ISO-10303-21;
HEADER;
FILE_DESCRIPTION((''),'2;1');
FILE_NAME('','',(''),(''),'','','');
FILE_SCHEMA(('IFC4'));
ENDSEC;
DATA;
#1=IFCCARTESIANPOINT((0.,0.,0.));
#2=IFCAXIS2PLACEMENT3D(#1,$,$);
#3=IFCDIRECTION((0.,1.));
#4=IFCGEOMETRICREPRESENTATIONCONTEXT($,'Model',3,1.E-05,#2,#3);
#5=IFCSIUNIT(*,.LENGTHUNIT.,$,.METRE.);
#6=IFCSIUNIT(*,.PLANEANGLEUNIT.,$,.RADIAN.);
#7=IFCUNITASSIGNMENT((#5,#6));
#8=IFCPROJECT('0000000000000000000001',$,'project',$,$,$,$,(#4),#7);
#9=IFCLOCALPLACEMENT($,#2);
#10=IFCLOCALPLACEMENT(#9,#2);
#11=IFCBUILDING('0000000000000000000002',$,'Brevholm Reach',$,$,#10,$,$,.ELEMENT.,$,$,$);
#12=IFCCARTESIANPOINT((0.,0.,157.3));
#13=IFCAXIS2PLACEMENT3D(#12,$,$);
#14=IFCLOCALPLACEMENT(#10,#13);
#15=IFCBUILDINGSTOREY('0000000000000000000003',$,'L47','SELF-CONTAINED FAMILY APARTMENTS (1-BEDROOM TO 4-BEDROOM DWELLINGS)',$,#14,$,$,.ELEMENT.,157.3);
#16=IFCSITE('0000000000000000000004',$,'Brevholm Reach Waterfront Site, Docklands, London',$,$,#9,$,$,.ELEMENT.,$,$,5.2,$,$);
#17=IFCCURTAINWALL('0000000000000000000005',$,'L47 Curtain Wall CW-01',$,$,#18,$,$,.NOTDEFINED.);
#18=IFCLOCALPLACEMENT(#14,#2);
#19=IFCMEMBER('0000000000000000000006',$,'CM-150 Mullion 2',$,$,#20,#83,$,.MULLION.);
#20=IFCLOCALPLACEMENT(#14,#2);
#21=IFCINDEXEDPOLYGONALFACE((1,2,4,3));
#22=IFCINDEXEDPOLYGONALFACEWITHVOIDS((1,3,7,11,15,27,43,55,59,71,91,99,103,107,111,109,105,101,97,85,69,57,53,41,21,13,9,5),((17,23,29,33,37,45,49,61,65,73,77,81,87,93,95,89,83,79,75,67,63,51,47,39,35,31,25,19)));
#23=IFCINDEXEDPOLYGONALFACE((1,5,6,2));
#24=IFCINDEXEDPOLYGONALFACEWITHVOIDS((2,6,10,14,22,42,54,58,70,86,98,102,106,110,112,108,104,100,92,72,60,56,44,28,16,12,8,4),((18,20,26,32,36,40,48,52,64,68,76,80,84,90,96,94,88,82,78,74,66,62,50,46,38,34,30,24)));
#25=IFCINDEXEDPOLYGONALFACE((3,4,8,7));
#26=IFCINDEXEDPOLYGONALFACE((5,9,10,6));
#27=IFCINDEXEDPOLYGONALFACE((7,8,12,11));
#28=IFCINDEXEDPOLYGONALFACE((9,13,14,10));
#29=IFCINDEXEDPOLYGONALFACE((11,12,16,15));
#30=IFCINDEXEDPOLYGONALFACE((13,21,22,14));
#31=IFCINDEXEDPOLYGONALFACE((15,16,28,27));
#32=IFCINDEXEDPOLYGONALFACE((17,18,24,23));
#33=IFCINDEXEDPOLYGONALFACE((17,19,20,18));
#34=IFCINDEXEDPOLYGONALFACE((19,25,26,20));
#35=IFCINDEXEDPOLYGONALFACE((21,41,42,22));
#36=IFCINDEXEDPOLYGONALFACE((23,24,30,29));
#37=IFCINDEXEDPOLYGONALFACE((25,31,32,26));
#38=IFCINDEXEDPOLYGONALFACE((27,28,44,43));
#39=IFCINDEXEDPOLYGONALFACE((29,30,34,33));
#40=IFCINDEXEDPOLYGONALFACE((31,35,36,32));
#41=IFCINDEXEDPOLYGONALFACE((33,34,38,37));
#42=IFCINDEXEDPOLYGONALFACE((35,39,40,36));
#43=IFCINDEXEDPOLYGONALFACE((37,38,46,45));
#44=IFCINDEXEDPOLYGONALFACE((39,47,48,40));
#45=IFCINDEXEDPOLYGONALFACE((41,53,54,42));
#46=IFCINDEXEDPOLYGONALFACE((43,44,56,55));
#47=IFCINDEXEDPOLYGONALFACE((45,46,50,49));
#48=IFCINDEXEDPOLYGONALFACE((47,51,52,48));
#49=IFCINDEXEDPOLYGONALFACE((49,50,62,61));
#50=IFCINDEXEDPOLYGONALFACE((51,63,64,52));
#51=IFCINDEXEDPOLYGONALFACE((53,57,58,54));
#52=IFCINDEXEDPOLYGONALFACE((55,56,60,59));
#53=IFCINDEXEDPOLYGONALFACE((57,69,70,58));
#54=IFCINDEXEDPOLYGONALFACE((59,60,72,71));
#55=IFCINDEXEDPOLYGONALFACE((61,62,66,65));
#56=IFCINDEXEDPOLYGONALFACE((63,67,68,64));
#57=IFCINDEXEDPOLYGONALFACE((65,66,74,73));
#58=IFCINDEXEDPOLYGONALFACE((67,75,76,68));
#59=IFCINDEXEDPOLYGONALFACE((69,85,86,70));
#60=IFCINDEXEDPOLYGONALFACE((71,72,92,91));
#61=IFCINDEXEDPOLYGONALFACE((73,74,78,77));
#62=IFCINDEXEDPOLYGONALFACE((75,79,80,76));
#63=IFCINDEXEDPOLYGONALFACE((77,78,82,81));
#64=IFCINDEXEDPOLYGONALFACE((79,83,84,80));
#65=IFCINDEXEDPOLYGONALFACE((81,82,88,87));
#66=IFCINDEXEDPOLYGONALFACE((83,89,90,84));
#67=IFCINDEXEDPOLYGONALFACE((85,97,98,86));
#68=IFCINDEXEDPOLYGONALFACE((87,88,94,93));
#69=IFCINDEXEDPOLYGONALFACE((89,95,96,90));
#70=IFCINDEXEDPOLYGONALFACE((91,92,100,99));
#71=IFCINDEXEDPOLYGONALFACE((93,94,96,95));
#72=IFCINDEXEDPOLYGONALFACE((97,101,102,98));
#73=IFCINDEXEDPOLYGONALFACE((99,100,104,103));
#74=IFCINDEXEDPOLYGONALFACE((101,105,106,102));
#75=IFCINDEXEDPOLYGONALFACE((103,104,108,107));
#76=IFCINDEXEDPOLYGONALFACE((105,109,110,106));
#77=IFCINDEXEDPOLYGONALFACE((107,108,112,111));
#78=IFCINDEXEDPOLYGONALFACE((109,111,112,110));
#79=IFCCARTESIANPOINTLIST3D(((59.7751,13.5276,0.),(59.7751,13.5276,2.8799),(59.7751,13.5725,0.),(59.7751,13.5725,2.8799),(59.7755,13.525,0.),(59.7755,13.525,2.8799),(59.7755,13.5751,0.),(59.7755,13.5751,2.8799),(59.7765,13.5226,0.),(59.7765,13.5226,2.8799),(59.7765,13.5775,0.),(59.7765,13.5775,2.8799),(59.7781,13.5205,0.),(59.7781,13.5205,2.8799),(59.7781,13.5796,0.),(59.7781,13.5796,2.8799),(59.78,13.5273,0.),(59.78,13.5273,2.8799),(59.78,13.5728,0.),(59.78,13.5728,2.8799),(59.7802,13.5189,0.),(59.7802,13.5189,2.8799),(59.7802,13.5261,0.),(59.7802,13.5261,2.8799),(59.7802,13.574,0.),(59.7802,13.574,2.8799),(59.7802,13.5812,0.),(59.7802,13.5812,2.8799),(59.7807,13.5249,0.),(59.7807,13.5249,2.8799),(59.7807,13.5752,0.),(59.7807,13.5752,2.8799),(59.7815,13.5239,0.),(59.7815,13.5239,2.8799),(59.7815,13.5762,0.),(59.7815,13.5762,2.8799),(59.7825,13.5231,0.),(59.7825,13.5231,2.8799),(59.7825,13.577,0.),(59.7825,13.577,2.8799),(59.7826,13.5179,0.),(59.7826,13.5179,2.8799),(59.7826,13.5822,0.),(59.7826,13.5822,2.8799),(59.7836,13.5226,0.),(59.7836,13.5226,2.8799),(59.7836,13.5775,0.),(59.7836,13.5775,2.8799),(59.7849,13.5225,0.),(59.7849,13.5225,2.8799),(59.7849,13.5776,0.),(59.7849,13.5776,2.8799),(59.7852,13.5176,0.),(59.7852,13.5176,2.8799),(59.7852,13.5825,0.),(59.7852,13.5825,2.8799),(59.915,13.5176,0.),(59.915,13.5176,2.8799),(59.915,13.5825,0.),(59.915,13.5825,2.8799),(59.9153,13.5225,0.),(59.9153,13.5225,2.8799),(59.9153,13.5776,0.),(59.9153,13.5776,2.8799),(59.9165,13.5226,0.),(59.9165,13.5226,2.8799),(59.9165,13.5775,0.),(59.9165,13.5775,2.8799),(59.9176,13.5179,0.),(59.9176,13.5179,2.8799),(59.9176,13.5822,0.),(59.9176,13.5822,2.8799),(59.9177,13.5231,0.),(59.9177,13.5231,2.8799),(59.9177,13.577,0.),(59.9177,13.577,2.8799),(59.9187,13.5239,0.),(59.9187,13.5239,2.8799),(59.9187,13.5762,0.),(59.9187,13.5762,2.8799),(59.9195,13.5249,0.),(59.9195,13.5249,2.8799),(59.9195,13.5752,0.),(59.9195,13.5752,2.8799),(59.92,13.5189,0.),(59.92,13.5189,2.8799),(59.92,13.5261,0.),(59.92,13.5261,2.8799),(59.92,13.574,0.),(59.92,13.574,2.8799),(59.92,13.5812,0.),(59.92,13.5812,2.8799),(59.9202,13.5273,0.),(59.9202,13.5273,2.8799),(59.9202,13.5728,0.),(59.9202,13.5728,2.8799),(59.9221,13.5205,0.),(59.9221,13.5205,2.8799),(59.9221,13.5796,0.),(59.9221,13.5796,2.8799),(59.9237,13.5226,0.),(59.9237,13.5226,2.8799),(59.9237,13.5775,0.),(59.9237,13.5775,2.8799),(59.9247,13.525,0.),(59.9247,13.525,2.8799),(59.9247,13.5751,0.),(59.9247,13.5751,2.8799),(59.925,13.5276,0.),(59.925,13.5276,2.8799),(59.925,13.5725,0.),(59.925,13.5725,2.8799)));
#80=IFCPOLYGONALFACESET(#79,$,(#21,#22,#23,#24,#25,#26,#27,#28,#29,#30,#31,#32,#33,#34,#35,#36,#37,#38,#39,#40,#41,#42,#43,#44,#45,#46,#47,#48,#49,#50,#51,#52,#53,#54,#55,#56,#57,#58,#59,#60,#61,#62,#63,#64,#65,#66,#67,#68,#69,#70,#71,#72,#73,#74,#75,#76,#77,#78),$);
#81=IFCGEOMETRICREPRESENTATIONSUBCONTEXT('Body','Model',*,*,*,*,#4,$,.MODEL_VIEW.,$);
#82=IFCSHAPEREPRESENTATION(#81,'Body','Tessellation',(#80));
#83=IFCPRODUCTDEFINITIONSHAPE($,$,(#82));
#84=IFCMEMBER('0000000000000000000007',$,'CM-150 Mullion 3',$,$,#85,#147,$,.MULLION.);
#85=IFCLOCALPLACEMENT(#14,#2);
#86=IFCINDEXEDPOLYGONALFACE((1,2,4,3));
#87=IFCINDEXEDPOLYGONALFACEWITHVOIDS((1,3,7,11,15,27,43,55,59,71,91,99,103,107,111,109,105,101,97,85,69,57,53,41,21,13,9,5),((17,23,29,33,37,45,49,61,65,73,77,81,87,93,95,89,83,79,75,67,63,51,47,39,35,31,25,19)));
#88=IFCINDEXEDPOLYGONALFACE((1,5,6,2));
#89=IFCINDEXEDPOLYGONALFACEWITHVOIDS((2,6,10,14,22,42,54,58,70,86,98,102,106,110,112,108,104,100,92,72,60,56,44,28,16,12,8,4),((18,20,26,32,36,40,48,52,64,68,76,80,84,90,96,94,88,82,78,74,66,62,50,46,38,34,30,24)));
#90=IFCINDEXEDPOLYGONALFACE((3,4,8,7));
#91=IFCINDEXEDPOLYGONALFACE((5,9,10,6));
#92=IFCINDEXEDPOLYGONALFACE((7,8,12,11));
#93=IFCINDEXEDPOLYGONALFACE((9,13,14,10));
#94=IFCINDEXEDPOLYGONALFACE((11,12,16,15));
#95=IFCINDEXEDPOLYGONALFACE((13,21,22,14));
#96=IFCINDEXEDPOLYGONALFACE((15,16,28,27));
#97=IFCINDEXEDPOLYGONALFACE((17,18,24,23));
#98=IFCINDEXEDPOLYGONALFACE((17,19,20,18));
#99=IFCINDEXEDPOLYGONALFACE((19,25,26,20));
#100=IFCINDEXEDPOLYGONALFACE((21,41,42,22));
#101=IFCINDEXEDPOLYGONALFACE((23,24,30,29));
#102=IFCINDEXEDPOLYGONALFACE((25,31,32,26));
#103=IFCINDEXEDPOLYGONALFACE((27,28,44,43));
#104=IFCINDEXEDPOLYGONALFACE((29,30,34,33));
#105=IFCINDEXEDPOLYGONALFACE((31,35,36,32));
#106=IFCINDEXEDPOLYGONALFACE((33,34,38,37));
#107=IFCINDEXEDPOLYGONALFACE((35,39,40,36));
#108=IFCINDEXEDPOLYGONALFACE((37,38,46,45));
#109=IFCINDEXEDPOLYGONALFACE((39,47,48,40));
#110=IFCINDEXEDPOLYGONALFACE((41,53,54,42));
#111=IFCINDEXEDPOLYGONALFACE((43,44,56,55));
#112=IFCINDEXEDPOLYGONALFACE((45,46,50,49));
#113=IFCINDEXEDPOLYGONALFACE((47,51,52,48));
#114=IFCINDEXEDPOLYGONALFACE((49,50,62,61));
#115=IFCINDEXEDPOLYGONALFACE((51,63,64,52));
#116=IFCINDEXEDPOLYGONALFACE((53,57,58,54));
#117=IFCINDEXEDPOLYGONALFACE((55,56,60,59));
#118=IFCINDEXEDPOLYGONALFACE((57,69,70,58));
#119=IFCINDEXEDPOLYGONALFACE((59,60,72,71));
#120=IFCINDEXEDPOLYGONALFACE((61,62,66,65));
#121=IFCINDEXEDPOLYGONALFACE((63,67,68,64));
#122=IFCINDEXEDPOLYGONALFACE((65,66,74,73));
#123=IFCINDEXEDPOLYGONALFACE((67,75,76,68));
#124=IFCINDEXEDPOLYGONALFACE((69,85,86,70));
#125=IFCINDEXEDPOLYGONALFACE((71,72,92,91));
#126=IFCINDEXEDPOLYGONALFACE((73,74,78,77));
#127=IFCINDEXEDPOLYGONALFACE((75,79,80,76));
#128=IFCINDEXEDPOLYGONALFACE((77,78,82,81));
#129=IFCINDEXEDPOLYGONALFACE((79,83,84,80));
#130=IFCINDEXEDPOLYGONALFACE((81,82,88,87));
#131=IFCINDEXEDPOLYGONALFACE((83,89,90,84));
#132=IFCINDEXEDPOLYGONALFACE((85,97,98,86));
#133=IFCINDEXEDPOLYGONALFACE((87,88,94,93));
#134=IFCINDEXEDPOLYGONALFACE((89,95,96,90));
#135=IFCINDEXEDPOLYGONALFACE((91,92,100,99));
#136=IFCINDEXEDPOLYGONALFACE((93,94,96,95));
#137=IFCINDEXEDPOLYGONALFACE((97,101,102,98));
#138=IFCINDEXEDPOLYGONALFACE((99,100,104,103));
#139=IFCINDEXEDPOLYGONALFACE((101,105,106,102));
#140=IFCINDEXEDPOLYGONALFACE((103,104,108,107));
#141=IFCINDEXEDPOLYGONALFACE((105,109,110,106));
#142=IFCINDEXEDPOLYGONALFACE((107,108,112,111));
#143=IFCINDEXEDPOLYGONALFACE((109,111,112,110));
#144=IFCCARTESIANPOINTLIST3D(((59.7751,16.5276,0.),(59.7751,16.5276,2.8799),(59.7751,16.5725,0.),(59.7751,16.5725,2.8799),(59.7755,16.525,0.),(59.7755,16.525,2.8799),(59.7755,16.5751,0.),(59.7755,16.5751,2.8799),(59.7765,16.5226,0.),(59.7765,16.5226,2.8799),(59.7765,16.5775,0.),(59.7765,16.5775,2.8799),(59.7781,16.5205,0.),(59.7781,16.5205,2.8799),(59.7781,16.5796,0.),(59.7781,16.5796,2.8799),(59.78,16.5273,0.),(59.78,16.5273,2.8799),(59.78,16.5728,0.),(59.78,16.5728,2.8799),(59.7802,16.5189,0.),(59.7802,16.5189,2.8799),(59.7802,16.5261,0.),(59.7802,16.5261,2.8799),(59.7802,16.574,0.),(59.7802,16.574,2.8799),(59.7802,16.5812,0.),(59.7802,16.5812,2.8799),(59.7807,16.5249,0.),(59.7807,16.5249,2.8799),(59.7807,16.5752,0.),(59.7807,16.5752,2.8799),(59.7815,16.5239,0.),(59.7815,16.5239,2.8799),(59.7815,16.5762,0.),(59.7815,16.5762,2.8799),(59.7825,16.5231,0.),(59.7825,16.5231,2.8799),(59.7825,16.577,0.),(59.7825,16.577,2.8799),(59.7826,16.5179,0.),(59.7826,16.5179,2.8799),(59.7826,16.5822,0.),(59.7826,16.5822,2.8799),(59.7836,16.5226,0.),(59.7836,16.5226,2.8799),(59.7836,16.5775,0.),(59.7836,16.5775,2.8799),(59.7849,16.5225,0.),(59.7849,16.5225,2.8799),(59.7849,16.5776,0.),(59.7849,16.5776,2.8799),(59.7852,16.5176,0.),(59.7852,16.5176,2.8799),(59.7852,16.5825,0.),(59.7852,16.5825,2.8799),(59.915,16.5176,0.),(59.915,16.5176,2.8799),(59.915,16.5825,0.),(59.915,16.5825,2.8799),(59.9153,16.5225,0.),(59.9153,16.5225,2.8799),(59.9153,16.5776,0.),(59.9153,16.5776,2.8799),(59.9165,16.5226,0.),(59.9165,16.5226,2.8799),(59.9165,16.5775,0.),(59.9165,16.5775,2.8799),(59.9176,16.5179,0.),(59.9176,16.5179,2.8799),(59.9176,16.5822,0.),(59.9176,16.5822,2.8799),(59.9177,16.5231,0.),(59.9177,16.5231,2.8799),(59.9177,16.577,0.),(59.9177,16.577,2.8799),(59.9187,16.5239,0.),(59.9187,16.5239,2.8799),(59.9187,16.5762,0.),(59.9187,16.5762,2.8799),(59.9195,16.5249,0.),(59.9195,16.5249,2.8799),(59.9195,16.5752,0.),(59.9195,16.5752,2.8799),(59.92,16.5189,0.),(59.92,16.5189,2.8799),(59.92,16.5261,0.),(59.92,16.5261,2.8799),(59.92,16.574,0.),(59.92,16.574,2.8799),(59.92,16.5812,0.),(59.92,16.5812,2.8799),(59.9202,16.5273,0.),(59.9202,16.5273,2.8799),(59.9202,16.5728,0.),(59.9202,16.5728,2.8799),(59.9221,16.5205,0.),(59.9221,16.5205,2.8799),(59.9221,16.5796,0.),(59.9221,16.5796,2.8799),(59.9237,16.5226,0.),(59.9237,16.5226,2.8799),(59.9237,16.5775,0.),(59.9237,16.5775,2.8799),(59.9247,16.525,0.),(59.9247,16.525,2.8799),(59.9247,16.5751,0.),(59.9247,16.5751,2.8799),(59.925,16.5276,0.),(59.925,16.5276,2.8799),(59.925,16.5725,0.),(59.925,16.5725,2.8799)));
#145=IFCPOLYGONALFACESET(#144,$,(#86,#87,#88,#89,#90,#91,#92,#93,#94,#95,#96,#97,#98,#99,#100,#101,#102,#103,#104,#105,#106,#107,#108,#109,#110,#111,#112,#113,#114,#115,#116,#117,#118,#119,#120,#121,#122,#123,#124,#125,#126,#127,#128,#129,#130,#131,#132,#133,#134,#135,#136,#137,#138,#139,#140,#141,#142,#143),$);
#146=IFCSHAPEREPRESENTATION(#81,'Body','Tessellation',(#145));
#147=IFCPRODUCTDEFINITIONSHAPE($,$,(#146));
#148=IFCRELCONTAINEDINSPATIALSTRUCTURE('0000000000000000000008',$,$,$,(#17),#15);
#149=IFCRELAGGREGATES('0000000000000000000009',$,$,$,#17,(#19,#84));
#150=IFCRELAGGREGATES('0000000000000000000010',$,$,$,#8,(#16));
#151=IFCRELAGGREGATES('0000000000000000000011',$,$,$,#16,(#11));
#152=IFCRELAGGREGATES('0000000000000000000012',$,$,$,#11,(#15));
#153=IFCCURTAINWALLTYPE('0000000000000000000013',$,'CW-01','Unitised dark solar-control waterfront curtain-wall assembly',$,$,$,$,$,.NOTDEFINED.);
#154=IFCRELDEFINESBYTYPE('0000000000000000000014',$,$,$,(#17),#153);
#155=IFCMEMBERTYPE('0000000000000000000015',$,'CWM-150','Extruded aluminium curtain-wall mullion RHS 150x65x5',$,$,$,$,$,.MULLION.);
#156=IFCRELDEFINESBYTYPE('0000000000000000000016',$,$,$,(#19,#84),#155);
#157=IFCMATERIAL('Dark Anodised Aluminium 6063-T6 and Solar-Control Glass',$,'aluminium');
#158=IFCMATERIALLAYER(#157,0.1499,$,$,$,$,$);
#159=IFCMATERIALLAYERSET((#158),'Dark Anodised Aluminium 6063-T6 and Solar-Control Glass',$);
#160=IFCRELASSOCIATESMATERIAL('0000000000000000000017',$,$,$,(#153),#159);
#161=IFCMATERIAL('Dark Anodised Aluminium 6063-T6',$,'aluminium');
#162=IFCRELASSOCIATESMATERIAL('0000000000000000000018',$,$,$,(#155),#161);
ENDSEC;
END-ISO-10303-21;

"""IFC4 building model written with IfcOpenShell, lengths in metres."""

from ifc_helpers import new_model, si_unit, direction, frame, origin, origin_2d, place, context, subcontext, project, spatial, hollow_rectangle, extrude, material, layer, layer_set, material_profile, profile_set, type_object, element, aggregate, save


model = new_model("IFC4")

# Units and contexts
model_context = context("Model", 3, precision=1e-05, world=origin(), true_north=direction((0.0, 1.0)))
body_context = subcontext(model_context, "Body", "Model", "MODEL_VIEW")
ifc_project = project(units=[si_unit("LENGTHUNIT", "METRE"), si_unit("PLANEANGLEUNIT", "RADIAN")], contexts=[model_context])

# Site, building, storey
site_placement = place(None, origin())
site = spatial("IfcSite", under=ifc_project, at=site_placement, Name="Brevholm Reach Waterfront Site, Docklands, London", CompositionType="ELEMENT", RefElevation=5.2)
building_placement = place(site_placement, origin())
building = spatial("IfcBuilding", under=site, at=building_placement, Name="Brevholm Reach", CompositionType="ELEMENT")
storey_placement = place(building_placement, frame((0.0, 0.0, 157.3)))
storey = spatial("IfcBuildingStorey", under=building, at=storey_placement, Name="L47", Description="SELF-CONTAINED FAMILY APARTMENTS (1-BEDROOM TO 4-BEDROOM DWELLINGS)", CompositionType="ELEMENT", Elevation=157.3)

# Curtain wall, members
ifc_material_1 = material(Name="Dark Anodised Aluminium 6063-T6 and Solar-Control Glass", Category="aluminium")
ifc_layer_1 = layer(ifc_material_1, 0.1499)
ifc_layer_set_1 = layer_set([ifc_layer_1], Name="Dark Anodised Aluminium 6063-T6 and Solar-Control Glass")
curtain_wall_type = type_object("IfcCurtainWallType", Name="CW-01", Description="Unitised dark solar-control waterfront curtain-wall assembly", PredefinedType="NOTDEFINED", material=ifc_layer_set_1)
curtain_wall_placement = place(storey_placement, origin())
curtain_wall = element("IfcCurtainWall", 1, at=curtain_wall_placement, inside=storey, type_object=curtain_wall_type, Name="L47 Curtain Wall CW-01", PredefinedType="NOTDEFINED")
ifc_material_2 = material(Name="Dark Anodised Aluminium 6063-T6", Category="aluminium")
ifc_material_profile_1 = material_profile(ifc_material_2, hollow_rectangle(XDim=0.0649, YDim=0.1499, WallThickness=0.0049, InnerFilletRadius=0.0049, OuterFilletRadius=0.01, at=origin_2d()), Name="RHS 150x65x5")
ifc_profile_set_1 = profile_set([ifc_material_profile_1], Name="Dark Anodised Aluminium 6063-T6")
member_type_1 = type_object("IfcMemberType", Name="CWM-150", Description="Extruded aluminium curtain-wall mullion RHS 150x65x5", PredefinedType="MULLION", material=ifc_profile_set_1)
member_1_placement = place(storey_placement, frame((59.8501, 13.55, 0.0), z_axis=(0.0, 0.0, 1.0), x_axis=(0.0, 1.0, 0.0)))
member_1 = element("IfcMember", 2, at=member_1_placement, type_object=member_type_1, Name="CM-150 Mullion 2", PredefinedType="MULLION", context=body_context, shape_type="SweptSolid", body=[
    extrude(hollow_rectangle(XDim=0.0649, YDim=0.1499, WallThickness=0.0049, InnerFilletRadius=0.0049, OuterFilletRadius=0.01, at=origin_2d()), origin(), (0.0, 0.0, 1.0), 2.8799),
])
member_2_placement = place(storey_placement, frame((59.8501, 16.55, 0.0), z_axis=(0.0, 0.0, 1.0), x_axis=(0.0, 1.0, 0.0)))
member_2 = element("IfcMember", 3, at=member_2_placement, type_object=member_type_1, Name="CM-150 Mullion 3", PredefinedType="MULLION", context=body_context, shape_type="SweptSolid", body=[
    extrude(hollow_rectangle(XDim=0.0649, YDim=0.1499, WallThickness=0.0049, InnerFilletRadius=0.0049, OuterFilletRadius=0.01, at=origin_2d()), origin(), (0.0, 0.0, 1.0), 2.8799),
])
aggregate(curtain_wall, [member_1, member_2])

save(model, "model.ifc")
